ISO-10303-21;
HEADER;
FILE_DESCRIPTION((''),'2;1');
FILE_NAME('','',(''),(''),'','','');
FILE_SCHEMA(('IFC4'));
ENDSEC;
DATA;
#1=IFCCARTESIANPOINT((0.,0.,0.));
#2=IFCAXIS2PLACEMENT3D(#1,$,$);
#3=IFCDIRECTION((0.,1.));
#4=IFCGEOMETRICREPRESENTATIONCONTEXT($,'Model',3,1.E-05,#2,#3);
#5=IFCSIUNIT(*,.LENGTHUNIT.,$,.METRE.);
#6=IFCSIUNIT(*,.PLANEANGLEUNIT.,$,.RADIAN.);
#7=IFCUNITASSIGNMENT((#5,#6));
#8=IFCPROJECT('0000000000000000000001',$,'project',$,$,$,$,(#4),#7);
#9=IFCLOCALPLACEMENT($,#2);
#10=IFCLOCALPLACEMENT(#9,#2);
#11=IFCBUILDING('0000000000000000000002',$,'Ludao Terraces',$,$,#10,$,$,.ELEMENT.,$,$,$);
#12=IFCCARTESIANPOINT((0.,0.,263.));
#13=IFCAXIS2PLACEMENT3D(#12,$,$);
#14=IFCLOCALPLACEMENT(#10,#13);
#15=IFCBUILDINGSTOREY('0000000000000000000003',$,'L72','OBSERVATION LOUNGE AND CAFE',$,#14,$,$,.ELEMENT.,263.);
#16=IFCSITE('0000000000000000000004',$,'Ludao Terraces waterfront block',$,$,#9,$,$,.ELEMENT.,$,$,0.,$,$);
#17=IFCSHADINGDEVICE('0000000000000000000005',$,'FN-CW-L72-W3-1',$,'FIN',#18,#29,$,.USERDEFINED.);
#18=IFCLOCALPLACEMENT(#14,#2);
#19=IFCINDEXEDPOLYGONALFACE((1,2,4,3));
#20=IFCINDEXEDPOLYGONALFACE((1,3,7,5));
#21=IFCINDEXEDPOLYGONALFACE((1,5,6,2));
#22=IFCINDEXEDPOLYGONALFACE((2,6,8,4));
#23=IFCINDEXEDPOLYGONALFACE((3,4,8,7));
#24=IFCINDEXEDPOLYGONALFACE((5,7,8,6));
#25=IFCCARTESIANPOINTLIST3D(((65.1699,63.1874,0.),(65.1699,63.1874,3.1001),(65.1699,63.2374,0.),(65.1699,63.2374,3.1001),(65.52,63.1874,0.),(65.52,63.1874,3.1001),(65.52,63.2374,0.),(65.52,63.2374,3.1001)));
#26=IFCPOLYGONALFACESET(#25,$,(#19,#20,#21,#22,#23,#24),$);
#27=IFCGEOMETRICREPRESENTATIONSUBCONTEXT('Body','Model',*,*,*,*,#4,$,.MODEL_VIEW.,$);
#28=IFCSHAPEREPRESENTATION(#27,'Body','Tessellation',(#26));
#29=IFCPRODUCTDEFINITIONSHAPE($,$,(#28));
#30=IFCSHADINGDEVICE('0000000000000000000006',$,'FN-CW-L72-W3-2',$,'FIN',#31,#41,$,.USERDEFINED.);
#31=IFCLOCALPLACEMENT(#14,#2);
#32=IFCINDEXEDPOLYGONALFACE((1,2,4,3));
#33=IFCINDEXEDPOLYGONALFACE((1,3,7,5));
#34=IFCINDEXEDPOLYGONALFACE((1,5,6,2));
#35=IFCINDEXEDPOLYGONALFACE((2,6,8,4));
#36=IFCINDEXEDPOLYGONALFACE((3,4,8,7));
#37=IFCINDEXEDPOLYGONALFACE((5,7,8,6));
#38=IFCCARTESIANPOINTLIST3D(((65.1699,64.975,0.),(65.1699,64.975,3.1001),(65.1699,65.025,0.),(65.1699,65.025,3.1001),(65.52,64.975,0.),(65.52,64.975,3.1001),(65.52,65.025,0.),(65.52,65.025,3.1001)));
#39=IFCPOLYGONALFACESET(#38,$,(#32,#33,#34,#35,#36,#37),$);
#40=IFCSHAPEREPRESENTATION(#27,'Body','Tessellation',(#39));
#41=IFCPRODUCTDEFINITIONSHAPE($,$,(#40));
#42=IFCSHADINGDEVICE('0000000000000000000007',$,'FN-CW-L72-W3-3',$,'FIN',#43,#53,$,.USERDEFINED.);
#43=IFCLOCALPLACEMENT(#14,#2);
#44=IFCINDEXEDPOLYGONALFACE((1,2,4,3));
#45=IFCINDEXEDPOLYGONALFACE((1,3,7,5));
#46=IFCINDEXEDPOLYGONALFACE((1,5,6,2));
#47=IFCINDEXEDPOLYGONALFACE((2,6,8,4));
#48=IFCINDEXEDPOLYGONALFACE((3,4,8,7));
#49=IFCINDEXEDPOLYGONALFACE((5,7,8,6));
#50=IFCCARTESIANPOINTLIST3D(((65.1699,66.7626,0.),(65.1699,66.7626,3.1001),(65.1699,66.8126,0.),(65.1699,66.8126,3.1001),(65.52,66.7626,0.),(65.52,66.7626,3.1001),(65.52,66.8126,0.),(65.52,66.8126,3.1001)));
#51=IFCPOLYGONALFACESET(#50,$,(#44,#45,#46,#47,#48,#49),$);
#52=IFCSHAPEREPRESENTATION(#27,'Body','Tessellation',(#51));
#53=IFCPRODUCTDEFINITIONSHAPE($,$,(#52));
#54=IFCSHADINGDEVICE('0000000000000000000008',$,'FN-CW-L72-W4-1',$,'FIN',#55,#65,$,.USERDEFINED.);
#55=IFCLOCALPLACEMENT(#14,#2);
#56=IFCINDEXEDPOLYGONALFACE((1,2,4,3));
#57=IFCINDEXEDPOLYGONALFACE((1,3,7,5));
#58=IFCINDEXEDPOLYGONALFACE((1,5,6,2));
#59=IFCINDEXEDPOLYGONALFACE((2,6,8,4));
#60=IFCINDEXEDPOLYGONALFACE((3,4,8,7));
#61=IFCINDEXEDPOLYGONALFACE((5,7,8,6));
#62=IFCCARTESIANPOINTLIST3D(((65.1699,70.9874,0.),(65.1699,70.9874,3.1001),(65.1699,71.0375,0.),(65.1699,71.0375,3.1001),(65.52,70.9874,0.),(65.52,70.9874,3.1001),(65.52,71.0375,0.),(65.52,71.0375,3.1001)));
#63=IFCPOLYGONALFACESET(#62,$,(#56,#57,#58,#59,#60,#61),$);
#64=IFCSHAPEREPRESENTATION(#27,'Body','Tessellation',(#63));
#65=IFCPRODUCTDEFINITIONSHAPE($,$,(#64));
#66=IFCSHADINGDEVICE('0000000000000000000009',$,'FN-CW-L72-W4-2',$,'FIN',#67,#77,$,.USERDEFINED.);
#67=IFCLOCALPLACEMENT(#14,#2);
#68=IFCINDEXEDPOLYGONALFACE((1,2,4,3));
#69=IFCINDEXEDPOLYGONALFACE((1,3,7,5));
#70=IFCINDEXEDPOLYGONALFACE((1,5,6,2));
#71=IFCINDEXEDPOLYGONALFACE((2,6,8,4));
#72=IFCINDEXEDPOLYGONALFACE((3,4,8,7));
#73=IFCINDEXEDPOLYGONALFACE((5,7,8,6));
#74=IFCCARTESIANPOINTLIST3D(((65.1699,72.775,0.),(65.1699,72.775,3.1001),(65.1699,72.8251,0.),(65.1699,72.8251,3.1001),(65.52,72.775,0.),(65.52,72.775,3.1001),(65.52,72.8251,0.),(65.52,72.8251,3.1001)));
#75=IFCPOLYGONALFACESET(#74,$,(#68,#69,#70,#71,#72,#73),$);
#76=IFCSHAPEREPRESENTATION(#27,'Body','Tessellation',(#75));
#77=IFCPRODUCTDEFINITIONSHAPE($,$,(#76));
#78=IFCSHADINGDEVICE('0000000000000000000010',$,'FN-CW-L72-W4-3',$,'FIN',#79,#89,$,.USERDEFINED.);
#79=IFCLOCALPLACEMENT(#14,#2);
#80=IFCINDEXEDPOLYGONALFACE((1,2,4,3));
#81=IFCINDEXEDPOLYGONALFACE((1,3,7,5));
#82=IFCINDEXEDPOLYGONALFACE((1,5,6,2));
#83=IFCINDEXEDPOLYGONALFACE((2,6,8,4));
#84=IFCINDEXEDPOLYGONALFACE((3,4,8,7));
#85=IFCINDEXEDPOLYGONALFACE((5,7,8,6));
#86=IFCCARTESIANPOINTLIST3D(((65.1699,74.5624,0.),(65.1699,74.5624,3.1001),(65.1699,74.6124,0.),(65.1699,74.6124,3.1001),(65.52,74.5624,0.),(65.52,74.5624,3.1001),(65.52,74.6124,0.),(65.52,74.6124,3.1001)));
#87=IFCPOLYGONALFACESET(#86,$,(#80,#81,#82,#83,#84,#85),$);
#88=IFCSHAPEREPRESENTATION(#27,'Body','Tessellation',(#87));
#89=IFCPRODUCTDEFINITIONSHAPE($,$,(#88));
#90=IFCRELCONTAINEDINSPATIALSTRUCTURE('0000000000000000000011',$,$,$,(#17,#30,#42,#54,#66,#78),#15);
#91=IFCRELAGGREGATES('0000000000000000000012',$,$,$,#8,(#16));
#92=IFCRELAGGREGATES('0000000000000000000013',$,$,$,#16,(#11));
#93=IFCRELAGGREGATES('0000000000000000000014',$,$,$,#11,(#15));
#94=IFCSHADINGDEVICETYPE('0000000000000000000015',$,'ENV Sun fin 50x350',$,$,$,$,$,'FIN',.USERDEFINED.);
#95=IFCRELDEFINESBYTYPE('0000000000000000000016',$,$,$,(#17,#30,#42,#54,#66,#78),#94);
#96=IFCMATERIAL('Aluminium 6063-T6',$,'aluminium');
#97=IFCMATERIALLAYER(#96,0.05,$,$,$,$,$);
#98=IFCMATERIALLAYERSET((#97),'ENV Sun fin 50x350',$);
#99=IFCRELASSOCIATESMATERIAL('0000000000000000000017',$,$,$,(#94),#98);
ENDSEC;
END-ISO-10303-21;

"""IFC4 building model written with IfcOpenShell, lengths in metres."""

from ifc_helpers import new_model, si_unit, direction, frame, origin, origin_2d, place, context, subcontext, project, spatial, rectangle, extrude, material, layer, layer_set, type_object, element, save


model = new_model("IFC4")

# Units and contexts
model_context = context("Model", 3, precision=1e-05, world=origin(), true_north=direction((0.0, 1.0)))
body_context = subcontext(model_context, "Body", "Model", "MODEL_VIEW")
ifc_project = project(units=[si_unit("LENGTHUNIT", "METRE"), si_unit("PLANEANGLEUNIT", "RADIAN")], contexts=[model_context])

# Site, building, storey
site_placement = place(None, origin())
site = spatial("IfcSite", under=ifc_project, at=site_placement, Name="Ludao Terraces waterfront block", CompositionType="ELEMENT", RefElevation=0.0)
building_placement = place(site_placement, origin())
building = spatial("IfcBuilding", under=site, at=building_placement, Name="Ludao Terraces", CompositionType="ELEMENT")
storey_placement = place(building_placement, frame((0.0, 0.0, 263.0)))
storey = spatial("IfcBuildingStorey", under=building, at=storey_placement, Name="L72", Description="OBSERVATION LOUNGE AND CAFE", CompositionType="ELEMENT", Elevation=263.0)

# Shared definitions
ifc_material_1 = material(Name="Aluminium 6063-T6", Category="aluminium")

# Shading devices
ifc_layer_1 = layer(ifc_material_1, 0.05)
ifc_layer_set_1 = layer_set([ifc_layer_1], Name="ENV Sun fin 50x350")
shading_device_type = type_object("IfcShadingDeviceType", Name="ENV Sun fin 50x350", ElementType="FIN", PredefinedType="USERDEFINED", material=ifc_layer_set_1)
for number, where, z_axis, x_axis, name in (
    (1, (65.345, 63.2124, 0.0), (0.0, 0.0, 1.0), (1.0, 0.0, 0.0), "FN-CW-L72-W3-1"),
    (2, (65.345, 65.0, 0.0), (0.0, 0.0, 1.0), (1.0, 0.0, 0.0), "FN-CW-L72-W3-2"),
    (3, (65.345, 66.7876, 0.0), (0.0, 0.0, 1.0), (1.0, 0.0, 0.0), "FN-CW-L72-W3-3"),
    (4, (65.345, 71.0125, 0.0), (0.0, 0.0, 1.0), (1.0, 0.0, 0.0), "FN-CW-L72-W4-1"),
    (5, (65.345, 72.8, 0.0), (0.0, 0.0, 1.0), (1.0, 0.0, 0.0), "FN-CW-L72-W4-2"),
    (6, (65.345, 74.5874, 0.0), (0.0, 0.0, 1.0), (1.0, 0.0, 0.0), "FN-CW-L72-W4-3"),
):
    element("IfcShadingDevice", number, at=place(storey_placement, frame(where, z_axis=z_axis, x_axis=x_axis)), inside=storey, type_object=shading_device_type, Name=name, ObjectType="FIN", PredefinedType="USERDEFINED", context=body_context, shape_type="SweptSolid", body=[
        extrude(rectangle(XDim=0.3501, YDim=0.05, at=origin_2d()), origin(), (0.0, 0.0, 1.0), 3.1001),
    ])

save(model, "model.ifc")
